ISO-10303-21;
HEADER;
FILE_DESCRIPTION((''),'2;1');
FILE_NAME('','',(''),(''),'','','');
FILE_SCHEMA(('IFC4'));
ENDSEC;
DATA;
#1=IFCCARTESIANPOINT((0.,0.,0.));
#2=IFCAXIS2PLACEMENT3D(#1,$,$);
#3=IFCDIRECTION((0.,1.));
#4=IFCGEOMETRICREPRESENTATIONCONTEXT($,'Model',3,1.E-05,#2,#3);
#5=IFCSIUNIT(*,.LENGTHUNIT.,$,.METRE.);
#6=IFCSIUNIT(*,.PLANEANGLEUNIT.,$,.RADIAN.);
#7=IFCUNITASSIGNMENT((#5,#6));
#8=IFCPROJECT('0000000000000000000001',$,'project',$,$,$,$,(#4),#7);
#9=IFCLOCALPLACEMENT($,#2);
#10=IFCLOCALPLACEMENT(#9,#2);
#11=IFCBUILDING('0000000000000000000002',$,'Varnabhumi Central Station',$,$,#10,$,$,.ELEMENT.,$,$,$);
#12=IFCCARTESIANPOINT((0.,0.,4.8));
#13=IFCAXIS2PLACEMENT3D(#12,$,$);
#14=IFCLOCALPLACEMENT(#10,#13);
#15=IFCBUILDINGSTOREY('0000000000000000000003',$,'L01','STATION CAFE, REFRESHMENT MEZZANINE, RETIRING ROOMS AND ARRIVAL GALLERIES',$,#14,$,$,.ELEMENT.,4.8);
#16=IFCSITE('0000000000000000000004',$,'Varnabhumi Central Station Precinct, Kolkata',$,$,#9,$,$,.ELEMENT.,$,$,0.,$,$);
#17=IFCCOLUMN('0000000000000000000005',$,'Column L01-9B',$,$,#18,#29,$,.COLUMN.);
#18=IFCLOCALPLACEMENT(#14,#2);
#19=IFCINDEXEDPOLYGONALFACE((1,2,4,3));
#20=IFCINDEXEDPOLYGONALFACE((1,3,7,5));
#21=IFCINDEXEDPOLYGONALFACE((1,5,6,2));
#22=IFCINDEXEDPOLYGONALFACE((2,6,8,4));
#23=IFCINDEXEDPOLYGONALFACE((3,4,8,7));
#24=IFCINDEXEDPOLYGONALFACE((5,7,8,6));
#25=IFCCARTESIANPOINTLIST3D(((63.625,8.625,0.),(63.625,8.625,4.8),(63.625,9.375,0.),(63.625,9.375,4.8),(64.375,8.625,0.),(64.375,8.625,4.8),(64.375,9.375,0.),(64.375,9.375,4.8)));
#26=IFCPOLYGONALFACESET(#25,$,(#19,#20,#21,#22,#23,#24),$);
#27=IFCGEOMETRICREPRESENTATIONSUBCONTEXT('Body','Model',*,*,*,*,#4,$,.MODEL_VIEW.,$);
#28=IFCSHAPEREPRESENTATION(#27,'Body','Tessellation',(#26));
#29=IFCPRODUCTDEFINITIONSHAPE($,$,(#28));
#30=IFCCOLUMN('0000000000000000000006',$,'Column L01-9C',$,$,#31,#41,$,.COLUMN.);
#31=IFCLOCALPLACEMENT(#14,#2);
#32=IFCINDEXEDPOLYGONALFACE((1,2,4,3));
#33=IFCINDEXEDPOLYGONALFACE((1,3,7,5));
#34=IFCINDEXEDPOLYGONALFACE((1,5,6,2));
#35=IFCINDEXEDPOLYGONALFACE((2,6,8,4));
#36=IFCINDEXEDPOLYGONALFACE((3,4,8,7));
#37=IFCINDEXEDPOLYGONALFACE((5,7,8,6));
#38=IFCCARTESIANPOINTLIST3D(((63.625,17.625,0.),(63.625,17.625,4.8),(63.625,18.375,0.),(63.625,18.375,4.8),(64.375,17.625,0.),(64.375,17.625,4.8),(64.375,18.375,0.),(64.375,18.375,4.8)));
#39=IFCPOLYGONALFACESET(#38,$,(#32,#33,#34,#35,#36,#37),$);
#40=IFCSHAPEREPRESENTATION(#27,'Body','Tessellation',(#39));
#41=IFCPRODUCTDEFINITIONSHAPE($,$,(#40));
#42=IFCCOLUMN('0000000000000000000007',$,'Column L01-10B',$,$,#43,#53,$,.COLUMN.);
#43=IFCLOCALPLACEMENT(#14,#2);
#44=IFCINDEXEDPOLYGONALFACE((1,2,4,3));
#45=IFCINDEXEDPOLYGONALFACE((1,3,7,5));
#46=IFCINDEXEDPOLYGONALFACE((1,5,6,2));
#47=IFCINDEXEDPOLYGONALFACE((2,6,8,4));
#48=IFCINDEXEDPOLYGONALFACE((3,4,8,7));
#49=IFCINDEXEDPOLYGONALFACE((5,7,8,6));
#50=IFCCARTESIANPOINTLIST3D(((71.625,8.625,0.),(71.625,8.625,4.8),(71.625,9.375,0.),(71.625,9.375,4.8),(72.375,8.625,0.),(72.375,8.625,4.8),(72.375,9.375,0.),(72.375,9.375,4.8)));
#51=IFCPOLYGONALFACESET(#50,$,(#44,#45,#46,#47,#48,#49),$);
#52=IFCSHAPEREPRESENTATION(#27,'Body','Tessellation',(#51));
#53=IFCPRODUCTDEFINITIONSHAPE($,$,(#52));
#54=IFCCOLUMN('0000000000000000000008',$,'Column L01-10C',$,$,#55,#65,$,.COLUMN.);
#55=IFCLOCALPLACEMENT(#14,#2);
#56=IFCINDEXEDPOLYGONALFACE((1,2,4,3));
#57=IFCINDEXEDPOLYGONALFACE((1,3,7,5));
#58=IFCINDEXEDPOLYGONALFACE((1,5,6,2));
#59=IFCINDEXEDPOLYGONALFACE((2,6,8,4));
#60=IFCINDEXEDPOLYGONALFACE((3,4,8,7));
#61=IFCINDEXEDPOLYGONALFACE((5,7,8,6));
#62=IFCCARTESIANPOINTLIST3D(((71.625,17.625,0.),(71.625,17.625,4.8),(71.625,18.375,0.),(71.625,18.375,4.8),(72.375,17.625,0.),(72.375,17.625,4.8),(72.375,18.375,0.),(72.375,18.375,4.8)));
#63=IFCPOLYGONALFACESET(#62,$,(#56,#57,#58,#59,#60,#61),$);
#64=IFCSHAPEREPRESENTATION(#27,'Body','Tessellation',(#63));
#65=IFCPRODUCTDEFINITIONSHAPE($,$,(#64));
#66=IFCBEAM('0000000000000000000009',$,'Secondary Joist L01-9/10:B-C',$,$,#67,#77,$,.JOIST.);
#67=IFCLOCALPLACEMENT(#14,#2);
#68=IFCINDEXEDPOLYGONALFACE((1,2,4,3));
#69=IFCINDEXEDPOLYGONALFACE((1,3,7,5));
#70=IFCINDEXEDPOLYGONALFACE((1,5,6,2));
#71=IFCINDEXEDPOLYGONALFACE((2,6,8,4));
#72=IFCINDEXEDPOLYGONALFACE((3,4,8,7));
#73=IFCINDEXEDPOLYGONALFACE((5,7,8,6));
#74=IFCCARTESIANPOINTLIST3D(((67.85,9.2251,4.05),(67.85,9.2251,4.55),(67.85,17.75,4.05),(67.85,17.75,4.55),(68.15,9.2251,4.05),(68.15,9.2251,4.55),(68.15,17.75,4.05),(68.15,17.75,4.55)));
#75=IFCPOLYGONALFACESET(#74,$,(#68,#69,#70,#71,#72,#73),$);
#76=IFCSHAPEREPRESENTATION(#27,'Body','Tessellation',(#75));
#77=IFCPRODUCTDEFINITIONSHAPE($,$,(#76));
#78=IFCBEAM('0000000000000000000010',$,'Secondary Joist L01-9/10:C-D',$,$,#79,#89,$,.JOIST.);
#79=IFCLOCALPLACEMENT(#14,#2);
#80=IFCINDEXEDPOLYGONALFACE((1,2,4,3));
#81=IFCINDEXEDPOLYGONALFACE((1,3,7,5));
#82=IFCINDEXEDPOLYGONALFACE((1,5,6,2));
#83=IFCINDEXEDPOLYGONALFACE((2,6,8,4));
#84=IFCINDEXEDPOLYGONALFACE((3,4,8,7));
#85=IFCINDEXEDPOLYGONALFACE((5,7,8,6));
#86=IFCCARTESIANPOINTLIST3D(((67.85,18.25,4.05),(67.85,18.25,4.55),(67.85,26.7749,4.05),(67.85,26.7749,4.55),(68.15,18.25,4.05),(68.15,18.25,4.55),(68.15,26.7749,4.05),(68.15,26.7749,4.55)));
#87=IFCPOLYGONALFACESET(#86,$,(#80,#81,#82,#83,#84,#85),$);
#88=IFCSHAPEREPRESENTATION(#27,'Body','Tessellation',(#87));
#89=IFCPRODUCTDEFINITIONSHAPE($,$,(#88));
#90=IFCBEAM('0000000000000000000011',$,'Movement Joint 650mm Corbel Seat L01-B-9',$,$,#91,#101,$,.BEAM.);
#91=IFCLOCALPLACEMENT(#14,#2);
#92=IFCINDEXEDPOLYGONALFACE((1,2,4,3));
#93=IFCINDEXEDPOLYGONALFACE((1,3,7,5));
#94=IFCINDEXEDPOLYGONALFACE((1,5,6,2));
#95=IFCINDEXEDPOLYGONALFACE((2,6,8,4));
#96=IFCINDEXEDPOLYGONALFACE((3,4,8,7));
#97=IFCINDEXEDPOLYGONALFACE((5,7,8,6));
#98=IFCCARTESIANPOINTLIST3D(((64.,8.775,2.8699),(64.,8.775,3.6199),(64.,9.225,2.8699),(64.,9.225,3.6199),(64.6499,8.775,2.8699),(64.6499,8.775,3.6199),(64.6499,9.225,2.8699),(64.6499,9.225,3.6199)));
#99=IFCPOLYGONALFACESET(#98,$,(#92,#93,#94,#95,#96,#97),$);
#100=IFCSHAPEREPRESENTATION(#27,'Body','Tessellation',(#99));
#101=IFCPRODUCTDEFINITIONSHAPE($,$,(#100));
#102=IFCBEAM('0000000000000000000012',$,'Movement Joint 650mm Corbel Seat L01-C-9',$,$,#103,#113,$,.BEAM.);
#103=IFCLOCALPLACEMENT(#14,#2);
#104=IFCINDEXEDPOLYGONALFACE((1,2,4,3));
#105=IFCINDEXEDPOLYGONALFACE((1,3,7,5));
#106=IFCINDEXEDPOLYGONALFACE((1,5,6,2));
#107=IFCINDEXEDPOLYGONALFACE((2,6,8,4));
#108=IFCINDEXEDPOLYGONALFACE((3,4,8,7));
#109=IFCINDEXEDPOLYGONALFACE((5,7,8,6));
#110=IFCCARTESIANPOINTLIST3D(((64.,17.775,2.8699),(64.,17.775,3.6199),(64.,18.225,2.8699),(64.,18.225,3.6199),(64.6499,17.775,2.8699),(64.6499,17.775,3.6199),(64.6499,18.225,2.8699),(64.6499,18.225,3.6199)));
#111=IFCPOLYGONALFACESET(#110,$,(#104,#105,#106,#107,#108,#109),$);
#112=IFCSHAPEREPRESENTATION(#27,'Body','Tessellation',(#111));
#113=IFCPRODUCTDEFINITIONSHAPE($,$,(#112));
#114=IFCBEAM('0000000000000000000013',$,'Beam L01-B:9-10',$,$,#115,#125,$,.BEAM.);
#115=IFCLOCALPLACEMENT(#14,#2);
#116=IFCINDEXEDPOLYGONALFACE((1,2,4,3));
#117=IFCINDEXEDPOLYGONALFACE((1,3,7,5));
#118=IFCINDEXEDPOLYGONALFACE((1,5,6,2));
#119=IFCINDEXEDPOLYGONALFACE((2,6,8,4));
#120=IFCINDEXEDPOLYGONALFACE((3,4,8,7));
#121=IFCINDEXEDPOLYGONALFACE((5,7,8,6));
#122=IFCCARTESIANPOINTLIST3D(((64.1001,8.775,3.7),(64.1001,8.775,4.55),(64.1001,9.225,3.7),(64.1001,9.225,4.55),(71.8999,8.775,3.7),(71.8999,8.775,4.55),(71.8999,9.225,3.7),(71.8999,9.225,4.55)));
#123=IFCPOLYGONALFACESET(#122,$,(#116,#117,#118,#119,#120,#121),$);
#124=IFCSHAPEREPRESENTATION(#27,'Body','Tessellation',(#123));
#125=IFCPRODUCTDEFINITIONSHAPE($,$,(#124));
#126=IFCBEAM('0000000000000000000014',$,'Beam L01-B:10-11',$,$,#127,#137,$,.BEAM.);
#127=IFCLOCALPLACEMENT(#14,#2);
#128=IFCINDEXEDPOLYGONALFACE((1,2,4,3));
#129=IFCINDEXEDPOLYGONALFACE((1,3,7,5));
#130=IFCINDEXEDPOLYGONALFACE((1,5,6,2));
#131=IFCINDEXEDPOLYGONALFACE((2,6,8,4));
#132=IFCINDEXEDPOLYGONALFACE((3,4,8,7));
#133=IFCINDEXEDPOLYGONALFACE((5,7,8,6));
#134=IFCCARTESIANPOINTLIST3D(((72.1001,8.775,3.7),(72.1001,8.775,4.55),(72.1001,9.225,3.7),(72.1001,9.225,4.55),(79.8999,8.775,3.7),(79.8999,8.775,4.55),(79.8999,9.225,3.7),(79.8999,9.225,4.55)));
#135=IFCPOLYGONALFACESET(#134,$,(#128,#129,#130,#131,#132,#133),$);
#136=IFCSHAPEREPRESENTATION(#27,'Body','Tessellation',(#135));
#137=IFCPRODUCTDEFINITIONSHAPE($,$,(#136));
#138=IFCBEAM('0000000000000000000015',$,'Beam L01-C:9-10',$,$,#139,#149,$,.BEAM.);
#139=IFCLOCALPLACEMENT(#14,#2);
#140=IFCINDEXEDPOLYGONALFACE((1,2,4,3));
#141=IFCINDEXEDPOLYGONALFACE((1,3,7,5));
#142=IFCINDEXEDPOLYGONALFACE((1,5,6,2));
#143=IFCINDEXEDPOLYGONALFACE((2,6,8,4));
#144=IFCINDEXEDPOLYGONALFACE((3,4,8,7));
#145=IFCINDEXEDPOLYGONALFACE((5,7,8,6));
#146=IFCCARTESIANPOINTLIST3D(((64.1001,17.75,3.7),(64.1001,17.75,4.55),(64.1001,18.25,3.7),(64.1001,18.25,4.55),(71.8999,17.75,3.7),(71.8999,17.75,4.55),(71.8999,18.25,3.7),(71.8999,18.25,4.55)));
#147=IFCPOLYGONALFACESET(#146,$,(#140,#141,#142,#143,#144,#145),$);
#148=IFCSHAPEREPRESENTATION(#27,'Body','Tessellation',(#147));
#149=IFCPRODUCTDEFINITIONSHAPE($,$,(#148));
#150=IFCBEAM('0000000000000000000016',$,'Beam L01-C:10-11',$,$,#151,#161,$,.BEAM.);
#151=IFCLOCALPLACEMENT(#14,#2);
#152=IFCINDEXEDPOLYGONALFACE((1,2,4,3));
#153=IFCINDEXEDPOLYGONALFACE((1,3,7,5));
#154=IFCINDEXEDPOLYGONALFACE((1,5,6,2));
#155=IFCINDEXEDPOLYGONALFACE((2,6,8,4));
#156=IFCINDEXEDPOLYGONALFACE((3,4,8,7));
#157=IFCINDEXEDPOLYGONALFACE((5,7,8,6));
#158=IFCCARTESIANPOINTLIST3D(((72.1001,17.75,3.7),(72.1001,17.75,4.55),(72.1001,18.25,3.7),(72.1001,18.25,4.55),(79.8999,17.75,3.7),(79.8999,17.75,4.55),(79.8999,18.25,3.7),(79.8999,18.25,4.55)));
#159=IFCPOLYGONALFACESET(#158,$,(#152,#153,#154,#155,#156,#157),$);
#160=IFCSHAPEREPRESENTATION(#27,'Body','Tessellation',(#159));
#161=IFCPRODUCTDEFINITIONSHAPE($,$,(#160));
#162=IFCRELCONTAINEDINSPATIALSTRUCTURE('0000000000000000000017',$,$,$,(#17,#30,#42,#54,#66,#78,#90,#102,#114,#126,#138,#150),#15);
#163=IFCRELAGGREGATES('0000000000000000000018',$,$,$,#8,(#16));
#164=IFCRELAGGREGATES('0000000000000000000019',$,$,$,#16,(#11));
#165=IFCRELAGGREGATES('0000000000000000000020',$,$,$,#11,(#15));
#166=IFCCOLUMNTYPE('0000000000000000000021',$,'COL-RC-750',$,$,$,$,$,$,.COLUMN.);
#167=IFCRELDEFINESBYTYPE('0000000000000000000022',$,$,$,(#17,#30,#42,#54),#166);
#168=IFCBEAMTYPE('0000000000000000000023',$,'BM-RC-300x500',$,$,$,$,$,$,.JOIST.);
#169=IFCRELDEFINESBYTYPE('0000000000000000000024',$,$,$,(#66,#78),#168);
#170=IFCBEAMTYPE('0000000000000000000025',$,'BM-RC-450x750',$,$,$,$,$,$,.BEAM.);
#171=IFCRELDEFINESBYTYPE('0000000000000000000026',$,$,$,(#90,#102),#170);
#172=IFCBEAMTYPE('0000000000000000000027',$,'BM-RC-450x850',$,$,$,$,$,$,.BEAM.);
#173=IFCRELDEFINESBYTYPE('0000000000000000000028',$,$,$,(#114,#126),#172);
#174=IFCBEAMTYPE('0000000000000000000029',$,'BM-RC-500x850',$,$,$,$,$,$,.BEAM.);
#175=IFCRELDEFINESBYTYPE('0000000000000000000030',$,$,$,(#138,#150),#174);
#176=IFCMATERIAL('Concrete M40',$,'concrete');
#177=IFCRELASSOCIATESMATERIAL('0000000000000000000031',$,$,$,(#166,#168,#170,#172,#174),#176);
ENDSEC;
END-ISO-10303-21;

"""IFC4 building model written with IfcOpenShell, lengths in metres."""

from ifc_helpers import new_model, si_unit, direction, frame, origin, origin_2d, place, context, subcontext, project, spatial, rectangle, extrude, material, material_profile, profile_set, type_object, element, save


model = new_model("IFC4")

# Units and contexts
model_context = context("Model", 3, precision=1e-05, world=origin(), true_north=direction((0.0, 1.0)))
body_context = subcontext(model_context, "Body", "Model", "MODEL_VIEW")
ifc_project = project(units=[si_unit("LENGTHUNIT", "METRE"), si_unit("PLANEANGLEUNIT", "RADIAN")], contexts=[model_context])

# Site, building, storey
site_placement = place(None, origin())
site = spatial("IfcSite", under=ifc_project, at=site_placement, Name="Varnabhumi Central Station Precinct, Kolkata", CompositionType="ELEMENT", RefElevation=0.0)
building_placement = place(site_placement, origin())
building = spatial("IfcBuilding", under=site, at=building_placement, Name="Varnabhumi Central Station", CompositionType="ELEMENT")
storey_placement = place(building_placement, frame((0.0, 0.0, 4.8)))
storey = spatial("IfcBuildingStorey", under=building, at=storey_placement, Name="L01", Description="STATION CAFE, REFRESHMENT MEZZANINE, RETIRING ROOMS AND ARRIVAL GALLERIES", CompositionType="ELEMENT", Elevation=4.8)

# Columns
ifc_material_1 = material(Name="Concrete M40", Category="concrete")
ifc_material_profile_1 = material_profile(ifc_material_1, rectangle(XDim=0.75, YDim=0.75, at=origin_2d()), Name="Concrete M40", Category="concrete")
ifc_profile_set_1 = profile_set([ifc_material_profile_1], Name="Concrete M40")
column_type = type_object("IfcColumnType", Name="COL-RC-750", PredefinedType="COLUMN", material=ifc_profile_set_1)
for number, where, z_axis, x_axis, name in (
    (1, (64.0, 9.0, 0.0), (0.0, 0.0, 1.0), (1.0, 0.0, 0.0), "Column L01-9B"),
    (2, (64.0, 18.0, 0.0), (0.0, 0.0, 1.0), (1.0, 0.0, 0.0), "Column L01-9C"),
    (3, (72.0, 9.0, 0.0), (0.0, 0.0, 1.0), (1.0, 0.0, 0.0), "Column L01-10B"),
    (4, (72.0, 18.0, 0.0), (0.0, 0.0, 1.0), (1.0, 0.0, 0.0), "Column L01-10C"),
):
    element("IfcColumn", number, at=place(storey_placement, frame(where, z_axis=z_axis, x_axis=x_axis)), inside=storey, type_object=column_type, Name=name, PredefinedType="COLUMN", context=body_context, shape_type="SweptSolid", body=[
        extrude(rectangle(XDim=0.75, YDim=0.75, at=origin_2d()), origin(), (0.0, 0.0, 1.0), 4.8),
    ])

# Beams
ifc_material_profile_2 = material_profile(ifc_material_1, rectangle(XDim=0.3, YDim=0.5, at=origin_2d()), Name="Concrete M40", Category="concrete")
ifc_profile_set_2 = profile_set([ifc_material_profile_2], Name="Concrete M40")
beam_type_1 = type_object("IfcBeamType", Name="BM-RC-300x500", PredefinedType="JOIST", material=ifc_profile_set_2)
for number, where, z_axis, x_axis, name in (
    (5, (68.0, 9.2251, 4.3), (0.0, 1.0, 0.0), (-1.0, 0.0, 0.0), "Secondary Joist L01-9/10:B-C"),
    (6, (68.0, 18.25, 4.3), (0.0, 1.0, 0.0), (-1.0, 0.0, 0.0), "Secondary Joist L01-9/10:C-D"),
):
    element("IfcBeam", number, at=place(storey_placement, frame(where, z_axis=z_axis, x_axis=x_axis)), inside=storey, type_object=beam_type_1, Name=name, PredefinedType="JOIST", context=body_context, shape_type="SweptSolid", body=[
        extrude(rectangle(XDim=0.3, YDim=0.5, at=origin_2d()), origin(), (0.0, 0.0, 1.0), 8.5249),
    ])
ifc_material_profile_3 = material_profile(ifc_material_1, rectangle(XDim=0.45, YDim=0.75, at=origin_2d()), Name="Concrete M40", Category="concrete")
ifc_profile_set_3 = profile_set([ifc_material_profile_3], Name="Concrete M40")
beam_type_2 = type_object("IfcBeamType", Name="BM-RC-450x750", PredefinedType="BEAM", material=ifc_profile_set_3)
for number, where, z_axis, x_axis, name in (
    (7, (64.0, 9.0, 3.2449), (1.0, 0.0, 0.0), (0.0, 1.0, 0.0), "Movement Joint 650mm Corbel Seat L01-B-9"),
    (8, (64.0, 18.0, 3.2449), (1.0, 0.0, 0.0), (0.0, 1.0, 0.0), "Movement Joint 650mm Corbel Seat L01-C-9"),
):
    element("IfcBeam", number, at=place(storey_placement, frame(where, z_axis=z_axis, x_axis=x_axis)), inside=storey, type_object=beam_type_2, Name=name, PredefinedType="BEAM", context=body_context, shape_type="SweptSolid", body=[
        extrude(rectangle(XDim=0.45, YDim=0.75, at=origin_2d()), origin(), (0.0, 0.0, 1.0), 0.6499),
    ])
ifc_material_profile_4 = material_profile(ifc_material_1, rectangle(XDim=0.45, YDim=0.8501, at=origin_2d()), Name="Concrete M40", Category="concrete")
ifc_profile_set_4 = profile_set([ifc_material_profile_4], Name="Concrete M40")
beam_type_3 = type_object("IfcBeamType", Name="BM-RC-450x850", PredefinedType="BEAM", material=ifc_profile_set_4)
for number, where, z_axis, x_axis, name in (
    (9, (64.1001, 9.0, 4.125), (1.0, 0.0, 0.0), (0.0, 1.0, 0.0), "Beam L01-B:9-10"),
    (10, (72.1001, 9.0, 4.125), (1.0, 0.0, 0.0), (0.0, 1.0, 0.0), "Beam L01-B:10-11"),
):
    element("IfcBeam", number, at=place(storey_placement, frame(where, z_axis=z_axis, x_axis=x_axis)), inside=storey, type_object=beam_type_3, Name=name, PredefinedType="BEAM", context=body_context, shape_type="SweptSolid", body=[
        extrude(rectangle(XDim=0.45, YDim=0.8501, at=origin_2d()), origin(), (0.0, 0.0, 1.0), 7.7998),
    ])
ifc_material_profile_5 = material_profile(ifc_material_1, rectangle(XDim=0.5, YDim=0.8501, at=origin_2d()), Name="Concrete M40", Category="concrete")
ifc_profile_set_5 = profile_set([ifc_material_profile_5], Name="Concrete M40")
beam_type_4 = type_object("IfcBeamType", Name="BM-RC-500x850", PredefinedType="BEAM", material=ifc_profile_set_5)
for number, where, z_axis, x_axis, name in (
    (11, (64.1001, 18.0, 4.125), (1.0, 0.0, 0.0), (0.0, 1.0, 0.0), "Beam L01-C:9-10"),
    (12, (72.1001, 18.0, 4.125), (1.0, 0.0, 0.0), (0.0, 1.0, 0.0), "Beam L01-C:10-11"),
):
    element("IfcBeam", number, at=place(storey_placement, frame(where, z_axis=z_axis, x_axis=x_axis)), inside=storey, type_object=beam_type_4, Name=name, PredefinedType="BEAM", context=body_context, shape_type="SweptSolid", body=[
        extrude(rectangle(XDim=0.5, YDim=0.8501, at=origin_2d()), origin(), (0.0, 0.0, 1.0), 7.7998),
    ])

save(model, "model.ifc")
